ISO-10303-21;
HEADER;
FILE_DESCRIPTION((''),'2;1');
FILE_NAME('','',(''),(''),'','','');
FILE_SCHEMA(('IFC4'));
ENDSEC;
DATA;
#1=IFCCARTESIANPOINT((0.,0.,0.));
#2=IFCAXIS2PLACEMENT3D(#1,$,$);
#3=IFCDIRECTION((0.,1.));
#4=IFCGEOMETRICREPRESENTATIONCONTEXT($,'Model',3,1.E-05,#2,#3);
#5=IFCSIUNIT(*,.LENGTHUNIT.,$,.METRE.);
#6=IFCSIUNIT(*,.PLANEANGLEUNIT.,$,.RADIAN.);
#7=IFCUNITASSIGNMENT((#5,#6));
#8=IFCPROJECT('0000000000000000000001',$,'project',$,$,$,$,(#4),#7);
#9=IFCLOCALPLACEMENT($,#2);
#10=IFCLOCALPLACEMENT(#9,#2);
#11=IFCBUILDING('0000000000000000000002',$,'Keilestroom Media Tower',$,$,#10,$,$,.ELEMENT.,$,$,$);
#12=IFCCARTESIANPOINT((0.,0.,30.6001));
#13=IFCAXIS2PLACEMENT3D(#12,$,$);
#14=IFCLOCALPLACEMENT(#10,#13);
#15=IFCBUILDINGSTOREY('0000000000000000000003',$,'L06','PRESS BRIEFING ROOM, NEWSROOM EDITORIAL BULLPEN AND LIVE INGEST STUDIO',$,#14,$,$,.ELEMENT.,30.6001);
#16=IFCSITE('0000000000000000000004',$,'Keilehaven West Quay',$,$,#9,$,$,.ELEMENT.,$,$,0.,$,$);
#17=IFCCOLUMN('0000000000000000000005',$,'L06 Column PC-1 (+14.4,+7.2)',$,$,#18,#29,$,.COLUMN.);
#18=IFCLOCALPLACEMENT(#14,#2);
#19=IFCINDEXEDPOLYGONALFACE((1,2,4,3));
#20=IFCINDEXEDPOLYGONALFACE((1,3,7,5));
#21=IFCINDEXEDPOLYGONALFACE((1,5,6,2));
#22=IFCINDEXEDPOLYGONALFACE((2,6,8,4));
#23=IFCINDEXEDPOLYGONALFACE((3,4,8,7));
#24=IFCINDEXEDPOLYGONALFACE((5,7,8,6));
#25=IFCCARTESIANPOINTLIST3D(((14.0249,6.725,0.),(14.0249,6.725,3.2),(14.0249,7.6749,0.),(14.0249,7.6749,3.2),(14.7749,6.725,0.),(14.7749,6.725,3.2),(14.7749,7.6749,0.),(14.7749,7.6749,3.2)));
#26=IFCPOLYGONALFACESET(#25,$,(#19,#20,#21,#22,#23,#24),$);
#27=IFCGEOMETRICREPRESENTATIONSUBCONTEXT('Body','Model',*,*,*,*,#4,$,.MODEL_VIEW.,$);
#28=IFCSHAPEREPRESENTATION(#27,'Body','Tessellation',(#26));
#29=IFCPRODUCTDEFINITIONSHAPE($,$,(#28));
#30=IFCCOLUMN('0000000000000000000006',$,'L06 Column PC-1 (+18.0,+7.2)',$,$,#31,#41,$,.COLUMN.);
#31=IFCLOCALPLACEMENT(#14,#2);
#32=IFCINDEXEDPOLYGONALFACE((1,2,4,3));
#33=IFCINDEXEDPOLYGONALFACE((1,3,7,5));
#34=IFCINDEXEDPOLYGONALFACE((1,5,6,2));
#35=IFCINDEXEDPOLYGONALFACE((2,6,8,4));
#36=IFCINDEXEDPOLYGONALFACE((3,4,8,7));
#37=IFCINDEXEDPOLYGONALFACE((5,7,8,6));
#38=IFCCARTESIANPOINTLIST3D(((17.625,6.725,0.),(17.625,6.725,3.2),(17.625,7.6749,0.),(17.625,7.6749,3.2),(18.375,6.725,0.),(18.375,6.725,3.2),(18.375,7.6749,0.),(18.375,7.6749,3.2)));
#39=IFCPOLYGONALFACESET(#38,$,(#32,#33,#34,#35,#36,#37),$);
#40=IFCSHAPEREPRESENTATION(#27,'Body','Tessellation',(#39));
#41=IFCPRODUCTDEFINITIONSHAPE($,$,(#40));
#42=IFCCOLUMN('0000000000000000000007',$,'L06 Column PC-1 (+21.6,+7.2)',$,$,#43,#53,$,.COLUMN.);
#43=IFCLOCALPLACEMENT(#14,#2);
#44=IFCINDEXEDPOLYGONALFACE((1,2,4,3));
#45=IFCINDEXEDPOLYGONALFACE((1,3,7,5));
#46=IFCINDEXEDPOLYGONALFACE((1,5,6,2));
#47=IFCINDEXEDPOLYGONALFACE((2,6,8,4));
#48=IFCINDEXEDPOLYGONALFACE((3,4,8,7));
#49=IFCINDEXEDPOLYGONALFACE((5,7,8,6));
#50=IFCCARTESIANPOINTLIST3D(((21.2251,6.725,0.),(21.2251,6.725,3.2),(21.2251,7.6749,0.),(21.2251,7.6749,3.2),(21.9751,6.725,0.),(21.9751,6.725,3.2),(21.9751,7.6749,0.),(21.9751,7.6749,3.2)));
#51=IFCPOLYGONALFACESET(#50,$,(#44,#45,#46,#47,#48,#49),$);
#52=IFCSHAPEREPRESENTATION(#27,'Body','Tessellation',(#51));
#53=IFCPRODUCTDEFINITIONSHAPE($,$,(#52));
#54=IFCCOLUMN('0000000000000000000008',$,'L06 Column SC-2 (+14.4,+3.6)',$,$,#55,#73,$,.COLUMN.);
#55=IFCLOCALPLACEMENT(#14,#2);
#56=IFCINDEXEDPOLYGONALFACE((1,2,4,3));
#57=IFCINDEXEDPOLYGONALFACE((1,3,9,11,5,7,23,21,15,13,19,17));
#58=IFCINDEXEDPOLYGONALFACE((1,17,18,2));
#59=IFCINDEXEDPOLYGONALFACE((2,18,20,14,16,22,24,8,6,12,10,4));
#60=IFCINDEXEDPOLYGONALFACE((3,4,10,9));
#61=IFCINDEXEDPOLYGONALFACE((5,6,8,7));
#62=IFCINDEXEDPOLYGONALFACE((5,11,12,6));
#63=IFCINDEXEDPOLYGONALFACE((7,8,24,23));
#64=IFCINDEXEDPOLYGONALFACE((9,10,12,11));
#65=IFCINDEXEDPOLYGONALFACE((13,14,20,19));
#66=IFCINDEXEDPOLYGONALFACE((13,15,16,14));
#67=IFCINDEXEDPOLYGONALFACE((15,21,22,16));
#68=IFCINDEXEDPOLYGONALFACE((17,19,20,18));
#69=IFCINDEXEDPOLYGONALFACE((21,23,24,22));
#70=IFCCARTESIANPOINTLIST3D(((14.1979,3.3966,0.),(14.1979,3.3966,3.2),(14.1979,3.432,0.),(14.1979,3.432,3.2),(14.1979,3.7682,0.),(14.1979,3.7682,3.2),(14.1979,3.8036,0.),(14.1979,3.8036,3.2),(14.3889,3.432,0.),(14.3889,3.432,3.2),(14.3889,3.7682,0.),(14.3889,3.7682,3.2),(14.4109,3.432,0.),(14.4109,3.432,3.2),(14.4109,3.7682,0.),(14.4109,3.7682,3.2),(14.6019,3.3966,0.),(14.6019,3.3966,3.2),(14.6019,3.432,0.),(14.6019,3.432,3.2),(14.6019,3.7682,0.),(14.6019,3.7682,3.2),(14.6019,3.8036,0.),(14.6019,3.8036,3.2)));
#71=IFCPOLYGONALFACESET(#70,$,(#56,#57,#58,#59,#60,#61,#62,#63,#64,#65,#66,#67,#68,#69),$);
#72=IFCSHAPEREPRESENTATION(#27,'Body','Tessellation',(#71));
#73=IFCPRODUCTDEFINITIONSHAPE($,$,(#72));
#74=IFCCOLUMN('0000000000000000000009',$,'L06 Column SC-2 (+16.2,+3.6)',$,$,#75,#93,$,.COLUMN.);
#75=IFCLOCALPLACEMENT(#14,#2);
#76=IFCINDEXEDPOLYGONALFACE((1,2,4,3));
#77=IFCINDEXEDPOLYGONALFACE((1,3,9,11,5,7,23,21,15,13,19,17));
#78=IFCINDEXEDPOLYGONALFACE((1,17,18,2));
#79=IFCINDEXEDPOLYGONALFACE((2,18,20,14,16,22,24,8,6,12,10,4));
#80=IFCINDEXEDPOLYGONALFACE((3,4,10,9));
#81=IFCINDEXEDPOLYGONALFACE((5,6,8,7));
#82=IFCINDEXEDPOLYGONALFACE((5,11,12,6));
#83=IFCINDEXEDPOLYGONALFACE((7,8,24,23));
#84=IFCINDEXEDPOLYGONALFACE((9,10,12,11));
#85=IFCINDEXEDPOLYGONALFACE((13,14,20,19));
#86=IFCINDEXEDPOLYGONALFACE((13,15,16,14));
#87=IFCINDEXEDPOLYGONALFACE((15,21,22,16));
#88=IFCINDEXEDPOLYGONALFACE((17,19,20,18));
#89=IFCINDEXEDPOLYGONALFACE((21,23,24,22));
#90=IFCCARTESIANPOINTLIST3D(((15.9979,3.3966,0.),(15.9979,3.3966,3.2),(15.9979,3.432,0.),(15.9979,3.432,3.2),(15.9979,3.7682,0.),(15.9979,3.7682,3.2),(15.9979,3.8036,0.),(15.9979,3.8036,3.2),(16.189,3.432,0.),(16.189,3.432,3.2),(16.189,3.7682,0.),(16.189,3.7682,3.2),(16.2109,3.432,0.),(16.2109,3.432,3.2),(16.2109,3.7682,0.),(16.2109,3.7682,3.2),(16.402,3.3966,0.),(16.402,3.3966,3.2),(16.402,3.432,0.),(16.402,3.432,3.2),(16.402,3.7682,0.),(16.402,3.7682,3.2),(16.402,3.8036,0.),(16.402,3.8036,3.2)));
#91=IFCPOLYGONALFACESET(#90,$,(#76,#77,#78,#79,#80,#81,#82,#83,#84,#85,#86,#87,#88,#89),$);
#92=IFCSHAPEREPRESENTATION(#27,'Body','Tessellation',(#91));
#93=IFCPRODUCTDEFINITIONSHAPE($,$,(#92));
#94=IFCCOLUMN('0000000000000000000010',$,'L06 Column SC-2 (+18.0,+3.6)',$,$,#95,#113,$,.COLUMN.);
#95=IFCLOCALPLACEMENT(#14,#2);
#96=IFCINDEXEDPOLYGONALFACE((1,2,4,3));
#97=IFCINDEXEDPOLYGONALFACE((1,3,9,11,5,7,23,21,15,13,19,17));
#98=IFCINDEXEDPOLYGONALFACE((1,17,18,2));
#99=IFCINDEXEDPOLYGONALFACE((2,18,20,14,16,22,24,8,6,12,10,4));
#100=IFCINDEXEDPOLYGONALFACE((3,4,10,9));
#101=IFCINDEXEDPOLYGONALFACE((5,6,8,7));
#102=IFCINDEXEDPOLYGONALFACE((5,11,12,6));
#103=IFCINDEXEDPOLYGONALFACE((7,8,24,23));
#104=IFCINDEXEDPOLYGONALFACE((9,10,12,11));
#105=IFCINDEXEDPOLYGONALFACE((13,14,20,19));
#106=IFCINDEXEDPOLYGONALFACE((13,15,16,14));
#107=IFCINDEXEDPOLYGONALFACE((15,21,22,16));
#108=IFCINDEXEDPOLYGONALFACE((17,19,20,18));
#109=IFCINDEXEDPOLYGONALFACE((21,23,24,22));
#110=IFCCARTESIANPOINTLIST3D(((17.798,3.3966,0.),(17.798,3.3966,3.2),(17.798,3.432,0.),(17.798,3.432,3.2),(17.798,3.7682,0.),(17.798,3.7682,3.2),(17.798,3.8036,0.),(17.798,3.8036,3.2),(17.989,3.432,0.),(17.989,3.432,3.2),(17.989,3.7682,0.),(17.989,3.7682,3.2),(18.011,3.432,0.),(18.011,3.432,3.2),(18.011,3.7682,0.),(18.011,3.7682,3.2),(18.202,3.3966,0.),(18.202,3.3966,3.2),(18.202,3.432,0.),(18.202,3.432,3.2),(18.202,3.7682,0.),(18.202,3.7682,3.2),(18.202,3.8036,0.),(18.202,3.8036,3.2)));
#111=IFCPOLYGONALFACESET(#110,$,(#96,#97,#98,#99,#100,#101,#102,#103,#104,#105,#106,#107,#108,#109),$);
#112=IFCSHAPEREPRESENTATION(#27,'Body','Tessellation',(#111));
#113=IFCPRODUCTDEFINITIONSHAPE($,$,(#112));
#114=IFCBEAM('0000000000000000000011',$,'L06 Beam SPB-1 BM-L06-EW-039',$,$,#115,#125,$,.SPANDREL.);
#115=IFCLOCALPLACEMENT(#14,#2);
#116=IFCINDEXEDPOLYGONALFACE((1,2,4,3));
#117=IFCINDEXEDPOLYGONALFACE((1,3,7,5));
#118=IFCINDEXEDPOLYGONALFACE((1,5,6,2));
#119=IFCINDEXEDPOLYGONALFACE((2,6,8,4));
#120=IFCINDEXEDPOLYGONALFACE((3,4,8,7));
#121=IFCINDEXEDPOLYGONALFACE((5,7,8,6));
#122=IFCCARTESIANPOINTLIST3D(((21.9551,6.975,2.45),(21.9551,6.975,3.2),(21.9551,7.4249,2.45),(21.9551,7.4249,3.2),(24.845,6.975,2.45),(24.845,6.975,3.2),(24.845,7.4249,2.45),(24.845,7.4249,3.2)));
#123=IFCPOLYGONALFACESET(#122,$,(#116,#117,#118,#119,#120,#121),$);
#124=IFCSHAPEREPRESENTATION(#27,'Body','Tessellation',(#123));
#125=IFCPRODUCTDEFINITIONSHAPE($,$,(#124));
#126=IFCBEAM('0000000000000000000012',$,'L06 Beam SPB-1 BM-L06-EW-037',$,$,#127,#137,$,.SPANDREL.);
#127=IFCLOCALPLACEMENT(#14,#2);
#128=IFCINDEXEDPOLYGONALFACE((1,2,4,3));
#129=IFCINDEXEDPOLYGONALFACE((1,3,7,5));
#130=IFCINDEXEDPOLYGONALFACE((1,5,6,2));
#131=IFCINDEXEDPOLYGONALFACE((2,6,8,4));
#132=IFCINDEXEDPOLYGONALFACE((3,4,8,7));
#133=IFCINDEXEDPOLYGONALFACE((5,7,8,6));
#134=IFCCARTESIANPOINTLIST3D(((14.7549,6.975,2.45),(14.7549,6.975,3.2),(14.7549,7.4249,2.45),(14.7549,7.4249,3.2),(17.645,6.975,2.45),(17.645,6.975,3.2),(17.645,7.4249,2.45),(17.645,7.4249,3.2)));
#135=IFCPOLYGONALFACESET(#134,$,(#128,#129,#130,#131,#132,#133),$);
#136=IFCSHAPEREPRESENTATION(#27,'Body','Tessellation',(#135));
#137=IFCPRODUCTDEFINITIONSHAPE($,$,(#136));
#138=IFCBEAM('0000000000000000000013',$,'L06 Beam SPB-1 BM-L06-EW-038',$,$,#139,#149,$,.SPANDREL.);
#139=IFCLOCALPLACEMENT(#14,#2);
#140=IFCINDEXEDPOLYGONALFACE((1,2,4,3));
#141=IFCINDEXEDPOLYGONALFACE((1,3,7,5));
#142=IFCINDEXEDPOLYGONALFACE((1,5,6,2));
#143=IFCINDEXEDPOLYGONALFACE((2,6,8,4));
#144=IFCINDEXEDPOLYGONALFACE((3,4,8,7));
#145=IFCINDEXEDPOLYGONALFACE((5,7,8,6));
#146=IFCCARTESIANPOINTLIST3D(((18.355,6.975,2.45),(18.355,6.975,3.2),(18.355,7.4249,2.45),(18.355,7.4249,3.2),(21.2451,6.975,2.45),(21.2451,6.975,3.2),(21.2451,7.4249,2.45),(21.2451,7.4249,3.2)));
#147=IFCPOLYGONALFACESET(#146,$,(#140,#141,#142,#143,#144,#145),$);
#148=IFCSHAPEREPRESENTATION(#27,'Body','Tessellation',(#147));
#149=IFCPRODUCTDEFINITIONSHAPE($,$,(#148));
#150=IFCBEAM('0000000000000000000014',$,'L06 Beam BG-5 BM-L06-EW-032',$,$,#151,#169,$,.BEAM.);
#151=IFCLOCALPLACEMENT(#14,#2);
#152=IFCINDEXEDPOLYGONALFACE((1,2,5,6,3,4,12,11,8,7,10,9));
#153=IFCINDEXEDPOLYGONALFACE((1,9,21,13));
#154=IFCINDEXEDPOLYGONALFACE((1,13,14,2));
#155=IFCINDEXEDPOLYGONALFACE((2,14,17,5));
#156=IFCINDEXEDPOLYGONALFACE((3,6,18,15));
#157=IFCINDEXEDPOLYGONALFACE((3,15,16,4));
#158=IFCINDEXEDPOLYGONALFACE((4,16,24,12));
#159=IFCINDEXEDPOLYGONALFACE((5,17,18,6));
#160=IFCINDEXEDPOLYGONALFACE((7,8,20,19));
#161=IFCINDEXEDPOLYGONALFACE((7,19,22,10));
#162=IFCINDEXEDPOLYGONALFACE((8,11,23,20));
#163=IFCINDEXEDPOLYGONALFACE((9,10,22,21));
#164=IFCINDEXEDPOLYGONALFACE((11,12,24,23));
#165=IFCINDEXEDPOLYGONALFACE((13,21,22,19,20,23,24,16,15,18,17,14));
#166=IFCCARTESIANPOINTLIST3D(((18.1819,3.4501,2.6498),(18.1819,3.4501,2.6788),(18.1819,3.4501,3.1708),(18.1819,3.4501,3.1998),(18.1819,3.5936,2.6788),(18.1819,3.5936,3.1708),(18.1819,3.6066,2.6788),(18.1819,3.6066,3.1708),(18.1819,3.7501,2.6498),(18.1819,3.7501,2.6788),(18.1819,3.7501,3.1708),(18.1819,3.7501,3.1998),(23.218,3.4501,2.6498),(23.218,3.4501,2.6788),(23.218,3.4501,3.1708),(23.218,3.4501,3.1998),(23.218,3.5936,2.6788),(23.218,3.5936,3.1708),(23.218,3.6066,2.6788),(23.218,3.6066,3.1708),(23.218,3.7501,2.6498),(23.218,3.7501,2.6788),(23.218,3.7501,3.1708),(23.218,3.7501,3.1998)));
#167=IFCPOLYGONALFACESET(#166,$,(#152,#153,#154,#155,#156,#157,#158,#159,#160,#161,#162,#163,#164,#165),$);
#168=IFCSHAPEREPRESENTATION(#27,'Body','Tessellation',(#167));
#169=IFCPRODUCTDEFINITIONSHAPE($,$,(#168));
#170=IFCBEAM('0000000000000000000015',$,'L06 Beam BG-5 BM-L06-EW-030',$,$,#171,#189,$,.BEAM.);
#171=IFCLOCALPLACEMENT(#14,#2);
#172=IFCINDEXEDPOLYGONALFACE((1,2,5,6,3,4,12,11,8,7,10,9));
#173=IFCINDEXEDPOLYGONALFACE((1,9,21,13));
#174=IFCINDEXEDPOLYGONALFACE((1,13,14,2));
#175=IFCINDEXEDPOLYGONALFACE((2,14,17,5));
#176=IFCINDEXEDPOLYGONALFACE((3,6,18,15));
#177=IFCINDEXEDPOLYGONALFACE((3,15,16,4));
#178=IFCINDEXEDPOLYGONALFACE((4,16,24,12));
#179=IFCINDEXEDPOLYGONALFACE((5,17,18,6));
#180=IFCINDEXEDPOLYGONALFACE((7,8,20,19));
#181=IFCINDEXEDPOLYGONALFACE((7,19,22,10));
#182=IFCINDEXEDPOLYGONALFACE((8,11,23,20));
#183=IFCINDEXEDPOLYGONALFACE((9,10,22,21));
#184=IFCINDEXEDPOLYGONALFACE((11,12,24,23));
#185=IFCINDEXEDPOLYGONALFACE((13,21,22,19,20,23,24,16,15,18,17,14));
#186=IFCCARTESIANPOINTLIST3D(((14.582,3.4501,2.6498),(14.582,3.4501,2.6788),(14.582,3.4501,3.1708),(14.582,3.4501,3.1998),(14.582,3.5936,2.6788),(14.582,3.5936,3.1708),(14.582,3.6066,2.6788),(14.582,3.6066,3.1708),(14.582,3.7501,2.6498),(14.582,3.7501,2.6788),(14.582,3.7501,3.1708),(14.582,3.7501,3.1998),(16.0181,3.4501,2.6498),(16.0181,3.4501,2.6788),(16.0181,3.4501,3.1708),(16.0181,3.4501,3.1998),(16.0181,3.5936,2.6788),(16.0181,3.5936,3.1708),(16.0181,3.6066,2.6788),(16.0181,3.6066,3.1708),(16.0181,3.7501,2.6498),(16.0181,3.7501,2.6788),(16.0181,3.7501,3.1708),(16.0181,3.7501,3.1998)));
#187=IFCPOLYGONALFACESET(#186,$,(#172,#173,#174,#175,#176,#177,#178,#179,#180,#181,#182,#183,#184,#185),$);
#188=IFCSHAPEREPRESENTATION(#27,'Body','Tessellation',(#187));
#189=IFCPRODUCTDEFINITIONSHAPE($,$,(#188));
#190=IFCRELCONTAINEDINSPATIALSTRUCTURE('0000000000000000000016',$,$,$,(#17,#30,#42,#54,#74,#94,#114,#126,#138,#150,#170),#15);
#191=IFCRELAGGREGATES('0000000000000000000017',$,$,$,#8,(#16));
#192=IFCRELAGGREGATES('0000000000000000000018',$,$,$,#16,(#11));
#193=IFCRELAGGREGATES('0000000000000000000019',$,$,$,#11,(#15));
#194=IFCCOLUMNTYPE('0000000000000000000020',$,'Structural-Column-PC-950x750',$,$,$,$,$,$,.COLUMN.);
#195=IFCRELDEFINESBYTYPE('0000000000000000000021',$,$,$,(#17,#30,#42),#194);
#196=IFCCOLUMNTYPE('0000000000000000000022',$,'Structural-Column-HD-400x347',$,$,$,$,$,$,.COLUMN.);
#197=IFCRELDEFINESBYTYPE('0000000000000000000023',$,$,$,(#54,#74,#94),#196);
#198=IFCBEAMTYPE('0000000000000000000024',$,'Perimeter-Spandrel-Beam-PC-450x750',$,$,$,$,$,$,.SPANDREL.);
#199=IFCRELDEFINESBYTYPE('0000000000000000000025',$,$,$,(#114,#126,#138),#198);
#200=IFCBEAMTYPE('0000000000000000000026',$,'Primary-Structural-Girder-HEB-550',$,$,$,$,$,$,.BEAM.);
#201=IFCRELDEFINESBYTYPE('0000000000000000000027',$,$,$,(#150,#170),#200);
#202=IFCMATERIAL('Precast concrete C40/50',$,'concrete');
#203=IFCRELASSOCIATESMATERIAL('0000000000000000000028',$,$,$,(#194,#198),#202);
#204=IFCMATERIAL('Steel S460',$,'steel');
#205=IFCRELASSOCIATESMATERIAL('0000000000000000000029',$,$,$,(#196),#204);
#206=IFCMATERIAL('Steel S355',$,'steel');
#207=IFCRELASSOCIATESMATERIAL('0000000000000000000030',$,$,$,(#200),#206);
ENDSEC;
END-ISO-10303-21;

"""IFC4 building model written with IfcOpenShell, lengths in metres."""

from ifc_helpers import new_model, si_unit, direction, frame, origin, origin_2d, place, context, subcontext, project, spatial, rectangle, i_section, extrude, source, transform, mapped, material, material_profile, profile_set, type_object, element, save


model = new_model("IFC4")

# Units and contexts
model_context = context("Model", 3, precision=1e-05, world=origin(), true_north=direction((0.0, 1.0)))
body_context = subcontext(model_context, "Body", "Model", "MODEL_VIEW")
ifc_project = project(units=[si_unit("LENGTHUNIT", "METRE"), si_unit("PLANEANGLEUNIT", "RADIAN")], contexts=[model_context])

# Site, building, storey
site_placement = place(None, origin())
site = spatial("IfcSite", under=ifc_project, at=site_placement, Name="Keilehaven West Quay", CompositionType="ELEMENT", RefElevation=0.0)
building_placement = place(site_placement, origin())
building = spatial("IfcBuilding", under=site, at=building_placement, Name="Keilestroom Media Tower", CompositionType="ELEMENT")
storey_placement = place(building_placement, frame((0.0, 0.0, 30.6001)))
storey = spatial("IfcBuildingStorey", under=building, at=storey_placement, Name="L06", Description="PRESS BRIEFING ROOM, NEWSROOM EDITORIAL BULLPEN AND LIVE INGEST STUDIO", CompositionType="ELEMENT", Elevation=30.6001)

# Columns
ifc_material_1 = material(Name="Precast concrete C40/50", Category="concrete")
ifc_material_profile_1 = material_profile(ifc_material_1, rectangle(XDim=0.75, YDim=0.95, at=origin_2d()), Name="PC 950x750")
ifc_profile_set_1 = profile_set([ifc_material_profile_1], Name="Precast concrete C40/50")
column_type_1 = type_object("IfcColumnType", Name="Structural-Column-PC-950x750", PredefinedType="COLUMN", material=ifc_profile_set_1)
shared_shape_1 = source(origin(), body_context, "Body", "SweptSolid", [
    extrude(rectangle(XDim=0.75, YDim=0.95, at=origin_2d()), origin(), (0.0, 0.0, 1.0), 3.2),
])
for number, where, z_axis, x_axis, name in (
    (1, (14.3999, 7.2, 0.0), (0.0, 0.0, 1.0), (1.0, 0.0, 0.0), "L06 Column PC-1 (+14.4,+7.2)"),
    (2, (18.0, 7.2, 0.0), (0.0, 0.0, 1.0), (1.0, 0.0, 0.0), "L06 Column PC-1 (+18.0,+7.2)"),
    (3, (21.6001, 7.2, 0.0), (0.0, 0.0, 1.0), (1.0, 0.0, 0.0), "L06 Column PC-1 (+21.6,+7.2)"),
):
    element("IfcColumn", number, at=place(storey_placement, frame(where, z_axis=z_axis, x_axis=x_axis)), inside=storey, type_object=column_type_1, Name=name, PredefinedType="COLUMN", context=body_context, shape_type="MappedRepresentation", body=[
        mapped(shared_shape_1, transform((0.0, 0.0, 0.0), x_axis=(1.0, 0.0, 0.0), y_axis=(0.0, 1.0, 0.0), z_axis=(0.0, 0.0, 1.0), scale=1.0)),
    ])
ifc_material_2 = material(Name="Steel S460", Category="steel")
ifc_material_profile_2 = material_profile(ifc_material_2, i_section(OverallWidth=0.4041, OverallDepth=0.407, WebThickness=0.022, FlangeThickness=0.0354, at=origin_2d()), Name="HD 400x347")
ifc_profile_set_2 = profile_set([ifc_material_profile_2], Name="Steel S460")
column_type_2 = type_object("IfcColumnType", Name="Structural-Column-HD-400x347", PredefinedType="COLUMN", material=ifc_profile_set_2)
shared_shape_2 = source(origin(), body_context, "Body", "SweptSolid", [
    extrude(i_section(OverallWidth=0.4041, OverallDepth=0.407, WebThickness=0.022, FlangeThickness=0.0354, at=origin_2d()), origin(), (0.0, 0.0, 1.0), 3.2),
])
for number, where, z_axis, x_axis, name in (
    (4, (14.3999, 3.6001, 0.0), (0.0, 0.0, 1.0), (1.0, 0.0, 0.0), "L06 Column SC-2 (+14.4,+3.6)"),
    (5, (16.2, 3.6001, 0.0), (0.0, 0.0, 1.0), (1.0, 0.0, 0.0), "L06 Column SC-2 (+16.2,+3.6)"),
    (6, (18.0, 3.6001, 0.0), (0.0, 0.0, 1.0), (1.0, 0.0, 0.0), "L06 Column SC-2 (+18.0,+3.6)"),
):
    element("IfcColumn", number, at=place(storey_placement, frame(where, z_axis=z_axis, x_axis=x_axis)), inside=storey, type_object=column_type_2, Name=name, PredefinedType="COLUMN", context=body_context, shape_type="MappedRepresentation", body=[
        mapped(shared_shape_2, transform((0.0, 0.0, 0.0), x_axis=(1.0, 0.0, 0.0), y_axis=(0.0, 1.0, 0.0), z_axis=(0.0, 0.0, 1.0), scale=1.0)),
    ])

# Beams
ifc_material_profile_3 = material_profile(ifc_material_1, rectangle(XDim=0.45, YDim=0.75, at=origin_2d()), Name="PC 450x750")
ifc_profile_set_3 = profile_set([ifc_material_profile_3], Name="Precast concrete C40/50")
beam_type_1 = type_object("IfcBeamType", Name="Perimeter-Spandrel-Beam-PC-450x750", PredefinedType="SPANDREL", material=ifc_profile_set_3)
shared_shape_3 = source(origin(), body_context, "Body", "SweptSolid", [
    extrude(rectangle(XDim=0.45, YDim=0.75, at=origin_2d()), origin(), (0.0, 0.0, 1.0), 2.8899),
])
beam_1_placement = place(storey_placement, frame((21.9551, 7.2, 2.825), z_axis=(1.0, 0.0, 0.0), x_axis=(0.0, 1.0, 0.0)))
element("IfcBeam", 7, at=beam_1_placement, inside=storey, type_object=beam_type_1, Name="L06 Beam SPB-1 BM-L06-EW-039", PredefinedType="SPANDREL", context=body_context, shape_type="MappedRepresentation", body=[
    mapped(shared_shape_3, transform((0.0, 0.0, 0.0), x_axis=(1.0, 0.0, 0.0), y_axis=(0.0, 1.0, 0.0), z_axis=(0.0, 0.0, 1.0), scale=1.0)),
])
shared_shape_4 = source(origin(), body_context, "Body", "SweptSolid", [
    extrude(rectangle(XDim=0.45, YDim=0.75, at=origin_2d()), origin(), (0.0, 0.0, 1.0), 2.8901),
])
for number, where, z_axis, x_axis, name in (
    (8, (14.7549, 7.2, 2.825), (1.0, 0.0, 0.0), (0.0, 1.0, 0.0), "L06 Beam SPB-1 BM-L06-EW-037"),
    (9, (18.355, 7.2, 2.825), (1.0, 0.0, 0.0), (0.0, 1.0, 0.0), "L06 Beam SPB-1 BM-L06-EW-038"),
):
    element("IfcBeam", number, at=place(storey_placement, frame(where, z_axis=z_axis, x_axis=x_axis)), inside=storey, type_object=beam_type_1, Name=name, PredefinedType="SPANDREL", context=body_context, shape_type="MappedRepresentation", body=[
        mapped(shared_shape_4, transform((0.0, 0.0, 0.0), x_axis=(1.0, 0.0, 0.0), y_axis=(0.0, 1.0, 0.0), z_axis=(0.0, 0.0, 1.0), scale=1.0)),
    ])
ifc_material_3 = material(Name="Steel S355", Category="steel")
ifc_material_profile_4 = material_profile(ifc_material_3, i_section(OverallWidth=0.3, OverallDepth=0.55, WebThickness=0.0129, FlangeThickness=0.0291, at=origin_2d()), Name="HEB 550")
ifc_profile_set_4 = profile_set([ifc_material_profile_4], Name="Steel S355")
beam_type_2 = type_object("IfcBeamType", Name="Primary-Structural-Girder-HEB-550", PredefinedType="BEAM", material=ifc_profile_set_4)
shared_shape_5 = source(origin(), body_context, "Body", "SweptSolid", [
    extrude(i_section(OverallWidth=0.3, OverallDepth=0.55, WebThickness=0.0129, FlangeThickness=0.0291, at=origin_2d()), origin(), (0.0, 0.0, 1.0), 5.0361),
])
beam_2_placement = place(storey_placement, frame((18.1819, 3.6001, 2.9248), z_axis=(1.0, 0.0, 0.0), x_axis=(0.0, 1.0, 0.0)))
element("IfcBeam", 10, at=beam_2_placement, inside=storey, type_object=beam_type_2, Name="L06 Beam BG-5 BM-L06-EW-032", PredefinedType="BEAM", context=body_context, shape_type="MappedRepresentation", body=[
    mapped(shared_shape_5, transform((0.0, 0.0, 0.0), x_axis=(1.0, 0.0, 0.0), y_axis=(0.0, 1.0, 0.0), z_axis=(0.0, 0.0, 1.0), scale=1.0)),
])
shared_shape_6 = source(origin(), body_context, "Body", "SweptSolid", [
    extrude(i_section(OverallWidth=0.3, OverallDepth=0.55, WebThickness=0.0129, FlangeThickness=0.0291, at=origin_2d()), origin(), (0.0, 0.0, 1.0), 1.436),
])
for number, where, z_axis, x_axis, name in (
    (11, (14.582, 3.6001, 2.9248), (1.0, 0.0, 0.0), (0.0, 1.0, 0.0), "L06 Beam BG-5 BM-L06-EW-030"),
):
    element("IfcBeam", number, at=place(storey_placement, frame(where, z_axis=z_axis, x_axis=x_axis)), inside=storey, type_object=beam_type_2, Name=name, PredefinedType="BEAM", context=body_context, shape_type="MappedRepresentation", body=[
        mapped(shared_shape_6, transform((0.0, 0.0, 0.0), x_axis=(1.0, 0.0, 0.0), y_axis=(0.0, 1.0, 0.0), z_axis=(0.0, 0.0, 1.0), scale=1.0)),
    ])

save(model, "model.ifc")
